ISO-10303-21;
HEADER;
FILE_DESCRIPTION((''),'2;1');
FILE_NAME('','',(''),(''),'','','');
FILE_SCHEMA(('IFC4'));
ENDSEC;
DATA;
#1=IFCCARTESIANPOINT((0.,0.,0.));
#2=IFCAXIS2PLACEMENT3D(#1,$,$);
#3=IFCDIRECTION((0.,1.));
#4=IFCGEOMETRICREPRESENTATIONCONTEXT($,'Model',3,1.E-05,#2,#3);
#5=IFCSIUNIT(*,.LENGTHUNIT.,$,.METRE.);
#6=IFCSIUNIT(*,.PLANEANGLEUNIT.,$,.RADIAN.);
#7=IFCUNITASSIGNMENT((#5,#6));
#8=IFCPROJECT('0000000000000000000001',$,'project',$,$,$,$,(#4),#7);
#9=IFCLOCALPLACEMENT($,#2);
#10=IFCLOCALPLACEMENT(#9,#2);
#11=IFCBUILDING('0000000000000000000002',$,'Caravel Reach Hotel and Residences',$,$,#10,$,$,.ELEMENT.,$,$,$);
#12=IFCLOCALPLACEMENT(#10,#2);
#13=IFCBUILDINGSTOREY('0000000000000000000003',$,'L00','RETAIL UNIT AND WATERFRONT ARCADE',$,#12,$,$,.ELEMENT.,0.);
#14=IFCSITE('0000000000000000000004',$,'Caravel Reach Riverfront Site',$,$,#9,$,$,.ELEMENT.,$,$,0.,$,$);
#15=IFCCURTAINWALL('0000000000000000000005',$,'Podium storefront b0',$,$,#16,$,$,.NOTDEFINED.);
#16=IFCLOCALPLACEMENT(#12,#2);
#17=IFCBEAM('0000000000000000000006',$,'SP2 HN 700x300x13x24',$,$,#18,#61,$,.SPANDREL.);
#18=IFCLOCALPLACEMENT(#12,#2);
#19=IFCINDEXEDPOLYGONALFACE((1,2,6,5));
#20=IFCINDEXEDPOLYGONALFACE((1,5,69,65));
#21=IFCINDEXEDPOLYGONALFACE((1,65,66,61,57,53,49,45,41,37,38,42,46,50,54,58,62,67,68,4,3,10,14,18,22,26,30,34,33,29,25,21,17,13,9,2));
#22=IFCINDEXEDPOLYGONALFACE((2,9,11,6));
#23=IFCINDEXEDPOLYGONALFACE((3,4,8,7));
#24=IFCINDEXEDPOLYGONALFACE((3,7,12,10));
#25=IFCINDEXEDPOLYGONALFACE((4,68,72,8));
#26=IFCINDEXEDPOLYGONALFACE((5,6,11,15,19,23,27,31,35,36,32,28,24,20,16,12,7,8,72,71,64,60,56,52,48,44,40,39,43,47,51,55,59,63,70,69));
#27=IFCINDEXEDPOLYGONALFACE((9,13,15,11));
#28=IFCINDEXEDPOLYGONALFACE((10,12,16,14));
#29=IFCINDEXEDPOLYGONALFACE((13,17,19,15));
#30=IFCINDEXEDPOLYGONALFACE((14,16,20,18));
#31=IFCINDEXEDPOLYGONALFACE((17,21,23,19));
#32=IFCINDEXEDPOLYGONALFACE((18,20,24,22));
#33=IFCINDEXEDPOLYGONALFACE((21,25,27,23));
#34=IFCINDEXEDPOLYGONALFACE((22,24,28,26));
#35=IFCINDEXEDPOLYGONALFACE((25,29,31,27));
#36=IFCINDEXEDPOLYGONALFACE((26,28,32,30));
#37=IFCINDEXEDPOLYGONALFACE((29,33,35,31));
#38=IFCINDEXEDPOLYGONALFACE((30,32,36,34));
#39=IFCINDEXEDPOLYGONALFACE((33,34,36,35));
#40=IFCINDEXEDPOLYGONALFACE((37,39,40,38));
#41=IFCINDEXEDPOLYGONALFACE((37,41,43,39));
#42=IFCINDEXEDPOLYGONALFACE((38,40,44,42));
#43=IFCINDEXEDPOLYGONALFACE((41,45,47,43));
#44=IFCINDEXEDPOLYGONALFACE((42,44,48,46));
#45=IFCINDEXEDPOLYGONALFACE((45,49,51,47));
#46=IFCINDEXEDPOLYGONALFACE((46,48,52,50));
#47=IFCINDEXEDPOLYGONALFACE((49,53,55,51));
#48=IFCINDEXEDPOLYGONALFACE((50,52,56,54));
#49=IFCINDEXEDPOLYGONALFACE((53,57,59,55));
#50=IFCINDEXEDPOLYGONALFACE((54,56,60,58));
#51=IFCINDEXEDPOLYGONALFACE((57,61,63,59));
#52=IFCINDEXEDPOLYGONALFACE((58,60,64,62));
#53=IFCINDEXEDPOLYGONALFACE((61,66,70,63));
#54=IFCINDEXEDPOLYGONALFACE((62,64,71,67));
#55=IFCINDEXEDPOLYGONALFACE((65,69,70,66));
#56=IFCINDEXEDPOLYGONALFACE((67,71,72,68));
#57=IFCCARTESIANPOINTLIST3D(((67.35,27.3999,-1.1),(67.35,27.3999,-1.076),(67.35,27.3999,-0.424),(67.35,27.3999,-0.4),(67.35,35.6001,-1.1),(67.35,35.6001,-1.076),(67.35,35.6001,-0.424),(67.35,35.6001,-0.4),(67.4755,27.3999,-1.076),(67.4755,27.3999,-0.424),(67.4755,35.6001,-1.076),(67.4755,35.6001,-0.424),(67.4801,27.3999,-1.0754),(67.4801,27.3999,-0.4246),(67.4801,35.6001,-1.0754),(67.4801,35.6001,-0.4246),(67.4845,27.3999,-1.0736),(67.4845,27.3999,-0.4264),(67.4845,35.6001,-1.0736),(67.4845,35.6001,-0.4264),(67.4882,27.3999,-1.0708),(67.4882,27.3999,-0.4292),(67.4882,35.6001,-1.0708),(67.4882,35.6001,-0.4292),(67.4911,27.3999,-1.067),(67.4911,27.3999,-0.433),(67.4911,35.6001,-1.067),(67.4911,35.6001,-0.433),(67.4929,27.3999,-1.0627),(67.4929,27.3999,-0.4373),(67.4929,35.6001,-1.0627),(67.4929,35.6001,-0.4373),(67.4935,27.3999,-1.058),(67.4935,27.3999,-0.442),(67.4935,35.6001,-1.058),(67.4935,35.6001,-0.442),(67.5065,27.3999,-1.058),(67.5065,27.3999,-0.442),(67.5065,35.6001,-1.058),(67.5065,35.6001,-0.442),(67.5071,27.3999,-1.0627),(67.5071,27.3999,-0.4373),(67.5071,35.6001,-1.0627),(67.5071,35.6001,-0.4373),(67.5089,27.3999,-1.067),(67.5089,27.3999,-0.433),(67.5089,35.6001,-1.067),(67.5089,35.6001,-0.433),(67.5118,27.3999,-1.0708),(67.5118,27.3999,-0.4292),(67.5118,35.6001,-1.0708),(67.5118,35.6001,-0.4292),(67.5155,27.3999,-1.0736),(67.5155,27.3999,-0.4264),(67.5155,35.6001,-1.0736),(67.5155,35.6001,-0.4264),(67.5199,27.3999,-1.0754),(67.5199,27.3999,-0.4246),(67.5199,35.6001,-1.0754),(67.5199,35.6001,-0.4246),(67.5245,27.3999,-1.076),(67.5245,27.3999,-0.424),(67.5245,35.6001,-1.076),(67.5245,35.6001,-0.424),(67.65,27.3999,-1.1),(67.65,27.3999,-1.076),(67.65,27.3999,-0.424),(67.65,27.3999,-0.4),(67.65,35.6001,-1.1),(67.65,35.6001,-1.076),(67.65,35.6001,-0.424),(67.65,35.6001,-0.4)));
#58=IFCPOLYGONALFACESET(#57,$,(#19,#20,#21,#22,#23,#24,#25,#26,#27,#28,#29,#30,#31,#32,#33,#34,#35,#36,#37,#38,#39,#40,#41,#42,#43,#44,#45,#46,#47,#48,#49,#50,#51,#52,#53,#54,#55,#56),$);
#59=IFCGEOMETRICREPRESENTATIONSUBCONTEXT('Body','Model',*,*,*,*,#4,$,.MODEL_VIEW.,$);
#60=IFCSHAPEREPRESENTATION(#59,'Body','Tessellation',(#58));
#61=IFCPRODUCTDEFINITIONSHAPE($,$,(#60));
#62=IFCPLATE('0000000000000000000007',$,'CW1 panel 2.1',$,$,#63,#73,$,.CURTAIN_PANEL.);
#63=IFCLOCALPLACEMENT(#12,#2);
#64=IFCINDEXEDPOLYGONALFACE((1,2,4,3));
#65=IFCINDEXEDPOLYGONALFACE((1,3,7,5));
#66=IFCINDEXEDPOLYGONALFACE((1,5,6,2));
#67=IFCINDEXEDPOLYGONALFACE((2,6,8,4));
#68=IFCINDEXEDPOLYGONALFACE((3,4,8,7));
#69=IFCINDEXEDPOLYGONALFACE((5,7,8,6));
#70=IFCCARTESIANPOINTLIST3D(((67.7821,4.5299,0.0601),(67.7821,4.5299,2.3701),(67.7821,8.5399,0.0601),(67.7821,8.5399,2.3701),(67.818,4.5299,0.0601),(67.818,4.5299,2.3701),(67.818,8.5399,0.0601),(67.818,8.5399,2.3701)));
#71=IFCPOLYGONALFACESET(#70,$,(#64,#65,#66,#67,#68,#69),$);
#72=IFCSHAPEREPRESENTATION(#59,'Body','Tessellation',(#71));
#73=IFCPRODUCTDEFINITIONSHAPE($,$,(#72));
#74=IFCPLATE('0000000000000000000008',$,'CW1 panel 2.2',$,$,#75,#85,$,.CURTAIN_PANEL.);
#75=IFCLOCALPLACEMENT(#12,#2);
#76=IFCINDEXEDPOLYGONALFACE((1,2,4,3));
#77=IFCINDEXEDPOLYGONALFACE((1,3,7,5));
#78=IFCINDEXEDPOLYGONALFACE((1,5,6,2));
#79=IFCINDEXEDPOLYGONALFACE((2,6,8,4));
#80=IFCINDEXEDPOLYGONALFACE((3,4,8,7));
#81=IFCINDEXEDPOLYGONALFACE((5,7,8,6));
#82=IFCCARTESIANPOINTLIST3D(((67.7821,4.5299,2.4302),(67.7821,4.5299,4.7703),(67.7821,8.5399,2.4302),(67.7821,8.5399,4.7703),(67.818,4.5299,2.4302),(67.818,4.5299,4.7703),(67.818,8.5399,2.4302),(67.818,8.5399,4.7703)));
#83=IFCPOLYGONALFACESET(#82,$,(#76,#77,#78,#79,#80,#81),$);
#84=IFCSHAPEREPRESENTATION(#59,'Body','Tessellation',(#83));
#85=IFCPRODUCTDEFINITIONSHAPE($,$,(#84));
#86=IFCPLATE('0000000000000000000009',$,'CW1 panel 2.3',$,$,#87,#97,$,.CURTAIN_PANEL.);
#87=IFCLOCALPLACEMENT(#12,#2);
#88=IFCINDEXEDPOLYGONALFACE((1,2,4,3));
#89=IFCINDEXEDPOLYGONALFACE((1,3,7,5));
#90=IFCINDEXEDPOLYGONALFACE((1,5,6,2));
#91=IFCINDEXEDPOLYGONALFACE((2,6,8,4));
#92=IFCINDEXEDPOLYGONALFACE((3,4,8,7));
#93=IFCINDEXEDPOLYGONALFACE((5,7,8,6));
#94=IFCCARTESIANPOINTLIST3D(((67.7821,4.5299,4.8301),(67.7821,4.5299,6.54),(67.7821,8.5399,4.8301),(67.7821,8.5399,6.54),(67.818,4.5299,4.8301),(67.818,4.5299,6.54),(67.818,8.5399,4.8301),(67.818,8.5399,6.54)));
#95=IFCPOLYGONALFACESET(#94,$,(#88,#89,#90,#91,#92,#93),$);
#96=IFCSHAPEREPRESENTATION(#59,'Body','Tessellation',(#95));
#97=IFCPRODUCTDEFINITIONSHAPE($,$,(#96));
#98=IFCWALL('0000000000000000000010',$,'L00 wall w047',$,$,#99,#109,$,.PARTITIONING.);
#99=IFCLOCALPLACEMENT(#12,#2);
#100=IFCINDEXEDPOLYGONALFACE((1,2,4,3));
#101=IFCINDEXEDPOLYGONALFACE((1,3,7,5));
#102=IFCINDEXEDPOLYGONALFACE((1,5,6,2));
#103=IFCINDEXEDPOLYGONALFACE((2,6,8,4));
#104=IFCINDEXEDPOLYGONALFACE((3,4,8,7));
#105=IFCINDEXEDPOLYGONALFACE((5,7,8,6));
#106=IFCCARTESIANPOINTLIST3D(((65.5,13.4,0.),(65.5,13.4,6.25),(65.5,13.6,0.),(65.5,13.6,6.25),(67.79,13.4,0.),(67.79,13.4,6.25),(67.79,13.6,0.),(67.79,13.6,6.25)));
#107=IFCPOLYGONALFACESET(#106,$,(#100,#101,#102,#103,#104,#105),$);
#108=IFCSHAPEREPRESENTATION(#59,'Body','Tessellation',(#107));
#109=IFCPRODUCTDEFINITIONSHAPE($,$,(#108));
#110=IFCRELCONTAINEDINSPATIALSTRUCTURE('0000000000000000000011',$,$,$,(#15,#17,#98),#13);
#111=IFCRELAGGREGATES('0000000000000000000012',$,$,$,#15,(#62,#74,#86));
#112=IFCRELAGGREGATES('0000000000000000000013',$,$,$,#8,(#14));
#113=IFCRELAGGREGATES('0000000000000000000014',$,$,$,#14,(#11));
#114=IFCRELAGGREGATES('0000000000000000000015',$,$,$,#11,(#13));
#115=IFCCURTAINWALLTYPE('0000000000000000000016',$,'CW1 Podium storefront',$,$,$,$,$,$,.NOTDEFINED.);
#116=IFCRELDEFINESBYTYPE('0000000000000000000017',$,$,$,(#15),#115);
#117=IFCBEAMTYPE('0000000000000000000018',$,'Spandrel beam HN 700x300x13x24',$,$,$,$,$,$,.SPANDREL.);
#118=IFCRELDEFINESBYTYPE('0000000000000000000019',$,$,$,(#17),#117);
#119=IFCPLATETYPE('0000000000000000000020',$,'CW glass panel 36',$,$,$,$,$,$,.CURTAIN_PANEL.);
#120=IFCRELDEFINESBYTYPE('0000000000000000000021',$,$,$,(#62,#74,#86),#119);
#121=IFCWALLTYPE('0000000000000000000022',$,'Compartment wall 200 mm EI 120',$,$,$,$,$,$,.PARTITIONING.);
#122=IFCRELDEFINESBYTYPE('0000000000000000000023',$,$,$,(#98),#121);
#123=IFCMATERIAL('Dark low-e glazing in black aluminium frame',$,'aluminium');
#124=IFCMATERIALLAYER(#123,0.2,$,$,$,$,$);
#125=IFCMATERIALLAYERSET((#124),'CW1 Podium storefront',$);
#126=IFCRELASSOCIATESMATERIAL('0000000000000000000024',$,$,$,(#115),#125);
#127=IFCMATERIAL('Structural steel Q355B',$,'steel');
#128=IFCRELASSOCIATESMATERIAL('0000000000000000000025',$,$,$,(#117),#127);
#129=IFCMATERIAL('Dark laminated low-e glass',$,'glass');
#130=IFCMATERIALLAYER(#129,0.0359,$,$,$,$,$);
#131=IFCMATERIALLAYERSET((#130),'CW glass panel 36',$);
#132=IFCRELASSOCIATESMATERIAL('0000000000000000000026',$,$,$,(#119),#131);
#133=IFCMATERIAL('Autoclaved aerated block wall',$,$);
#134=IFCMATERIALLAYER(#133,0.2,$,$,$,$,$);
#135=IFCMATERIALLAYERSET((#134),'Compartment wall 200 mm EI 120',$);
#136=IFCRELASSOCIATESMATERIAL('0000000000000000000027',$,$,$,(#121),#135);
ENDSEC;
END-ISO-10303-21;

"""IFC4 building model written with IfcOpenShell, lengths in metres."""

from ifc_helpers import new_model, si_unit, direction, frame, frame_2d, origin, origin_2d, place, context, subcontext, project, spatial, rectangle, i_section, extrude, material, layer, layer_set, material_profile, profile_set, type_object, element, aggregate, save


model = new_model("IFC4")

# Units and contexts
model_context = context("Model", 3, precision=1e-05, world=origin(), true_north=direction((0.0, 1.0)))
body_context = subcontext(model_context, "Body", "Model", "MODEL_VIEW")
ifc_project = project(units=[si_unit("LENGTHUNIT", "METRE"), si_unit("PLANEANGLEUNIT", "RADIAN")], contexts=[model_context])

# Site, building, storey
site_placement = place(None, origin())
site = spatial("IfcSite", under=ifc_project, at=site_placement, Name="Caravel Reach Riverfront Site", CompositionType="ELEMENT", RefElevation=0.0)
building_placement = place(site_placement, origin())
building = spatial("IfcBuilding", under=site, at=building_placement, Name="Caravel Reach Hotel and Residences", CompositionType="ELEMENT")
storey_placement = place(building_placement, origin())
storey = spatial("IfcBuildingStorey", under=building, at=storey_placement, Name="L00", Description="RETAIL UNIT AND WATERFRONT ARCADE", CompositionType="ELEMENT", Elevation=0.0)

# Curtain wall
ifc_material_1 = material(Name="Dark low-e glazing in black aluminium frame", Category="aluminium")
ifc_layer_1 = layer(ifc_material_1, 0.2)
ifc_layer_set_1 = layer_set([ifc_layer_1], Name="CW1 Podium storefront")
curtain_wall_type = type_object("IfcCurtainWallType", Name="CW1 Podium storefront", PredefinedType="NOTDEFINED", material=ifc_layer_set_1)
curtain_wall_placement = place(storey_placement, origin())
curtain_wall = element("IfcCurtainWall", 1, at=curtain_wall_placement, inside=storey, type_object=curtain_wall_type, Name="Podium storefront b0", PredefinedType="NOTDEFINED")

# Beam
ifc_material_2 = material(Name="Structural steel Q355B", Category="steel")
ifc_material_profile_1 = material_profile(ifc_material_2, i_section(OverallWidth=0.3, OverallDepth=0.7, WebThickness=0.0129, FlangeThickness=0.0239, FilletRadius=0.0181, at=origin_2d()), Name="HN 700x300x13x24")
ifc_profile_set_1 = profile_set([ifc_material_profile_1], Name="Structural steel Q355B")
beam_type = type_object("IfcBeamType", Name="Spandrel beam HN 700x300x13x24", PredefinedType="SPANDREL", material=ifc_profile_set_1)
for number, where, z_axis, x_axis, name in (
    (2, (67.5, 27.3999, -0.75), (0.0, 1.0, 0.0), (-1.0, 0.0, 0.0), "SP2 HN 700x300x13x24"),
):
    element("IfcBeam", number, at=place(storey_placement, frame(where, z_axis=z_axis, x_axis=x_axis)), inside=storey, type_object=beam_type, Name=name, PredefinedType="SPANDREL", context=body_context, shape_type="SweptSolid", body=[
        extrude(i_section(OverallWidth=0.3, OverallDepth=0.7, WebThickness=0.0129, FlangeThickness=0.0239, FilletRadius=0.0181, at=origin_2d()), origin(), (0.0, 0.0, 1.0), 8.2002),
    ])

# Plates
ifc_material_3 = material(Name="Dark laminated low-e glass", Category="glass")
ifc_layer_2 = layer(ifc_material_3, 0.0359)
ifc_layer_set_2 = layer_set([ifc_layer_2], Name="CW glass panel 36")
plate_type = type_object("IfcPlateType", Name="CW glass panel 36", PredefinedType="CURTAIN_PANEL", material=ifc_layer_set_2)
plate_1_placement = place(storey_placement, frame((67.8, 6.5349, 0.0601), z_axis=(0.0, 0.0, 1.0), x_axis=(0.0, 1.0, 0.0)))
plate_1 = element("IfcPlate", 3, at=plate_1_placement, type_object=plate_type, Name="CW1 panel 2.1", PredefinedType="CURTAIN_PANEL", context=body_context, shape_type="SweptSolid", body=[
    extrude(rectangle(XDim=4.01, YDim=0.0359, at=origin_2d()), origin(), (0.0, 0.0, 1.0), 2.3101),
])
plate_2_placement = place(storey_placement, frame((67.8, 6.5349, 2.4302), z_axis=(0.0, 0.0, 1.0), x_axis=(0.0, 1.0, 0.0)))
plate_2 = element("IfcPlate", 4, at=plate_2_placement, type_object=plate_type, Name="CW1 panel 2.2", PredefinedType="CURTAIN_PANEL", context=body_context, shape_type="SweptSolid", body=[
    extrude(rectangle(XDim=4.01, YDim=0.0359, at=origin_2d()), origin(), (0.0, 0.0, 1.0), 2.3401),
])
plate_3_placement = place(storey_placement, frame((67.8, 6.5349, 4.8301), z_axis=(0.0, 0.0, 1.0), x_axis=(0.0, 1.0, 0.0)))
plate_3 = element("IfcPlate", 5, at=plate_3_placement, type_object=plate_type, Name="CW1 panel 2.3", PredefinedType="CURTAIN_PANEL", context=body_context, shape_type="SweptSolid", body=[
    extrude(rectangle(XDim=4.01, YDim=0.0359, at=origin_2d()), origin(), (0.0, 0.0, 1.0), 1.71),
])
aggregate(curtain_wall, [plate_1, plate_2, plate_3])

# Wall
ifc_material_4 = material(Name="Autoclaved aerated block wall")
ifc_layer_3 = layer(ifc_material_4, 0.2)
ifc_layer_set_3 = layer_set([ifc_layer_3], Name="Compartment wall 200 mm EI 120")
wall_type_1 = type_object("IfcWallType", Name="Compartment wall 200 mm EI 120", PredefinedType="PARTITIONING", material=ifc_layer_set_3)
wall_1_placement = place(storey_placement, frame((65.5, 13.5, 0.0), z_axis=(0.0, 0.0, 1.0), x_axis=(1.0, 0.0, 0.0)))
element("IfcWall", 6, at=wall_1_placement, inside=storey, type_object=wall_type_1, Name="L00 wall w047", PredefinedType="PARTITIONING", context=body_context, shape_type="SweptSolid", body=[
    extrude(rectangle(XDim=2.29, YDim=0.2, at=frame_2d((1.145, 0.0))), origin(), (0.0, 0.0, 1.0), 6.25),
])

save(model, "model.ifc")
